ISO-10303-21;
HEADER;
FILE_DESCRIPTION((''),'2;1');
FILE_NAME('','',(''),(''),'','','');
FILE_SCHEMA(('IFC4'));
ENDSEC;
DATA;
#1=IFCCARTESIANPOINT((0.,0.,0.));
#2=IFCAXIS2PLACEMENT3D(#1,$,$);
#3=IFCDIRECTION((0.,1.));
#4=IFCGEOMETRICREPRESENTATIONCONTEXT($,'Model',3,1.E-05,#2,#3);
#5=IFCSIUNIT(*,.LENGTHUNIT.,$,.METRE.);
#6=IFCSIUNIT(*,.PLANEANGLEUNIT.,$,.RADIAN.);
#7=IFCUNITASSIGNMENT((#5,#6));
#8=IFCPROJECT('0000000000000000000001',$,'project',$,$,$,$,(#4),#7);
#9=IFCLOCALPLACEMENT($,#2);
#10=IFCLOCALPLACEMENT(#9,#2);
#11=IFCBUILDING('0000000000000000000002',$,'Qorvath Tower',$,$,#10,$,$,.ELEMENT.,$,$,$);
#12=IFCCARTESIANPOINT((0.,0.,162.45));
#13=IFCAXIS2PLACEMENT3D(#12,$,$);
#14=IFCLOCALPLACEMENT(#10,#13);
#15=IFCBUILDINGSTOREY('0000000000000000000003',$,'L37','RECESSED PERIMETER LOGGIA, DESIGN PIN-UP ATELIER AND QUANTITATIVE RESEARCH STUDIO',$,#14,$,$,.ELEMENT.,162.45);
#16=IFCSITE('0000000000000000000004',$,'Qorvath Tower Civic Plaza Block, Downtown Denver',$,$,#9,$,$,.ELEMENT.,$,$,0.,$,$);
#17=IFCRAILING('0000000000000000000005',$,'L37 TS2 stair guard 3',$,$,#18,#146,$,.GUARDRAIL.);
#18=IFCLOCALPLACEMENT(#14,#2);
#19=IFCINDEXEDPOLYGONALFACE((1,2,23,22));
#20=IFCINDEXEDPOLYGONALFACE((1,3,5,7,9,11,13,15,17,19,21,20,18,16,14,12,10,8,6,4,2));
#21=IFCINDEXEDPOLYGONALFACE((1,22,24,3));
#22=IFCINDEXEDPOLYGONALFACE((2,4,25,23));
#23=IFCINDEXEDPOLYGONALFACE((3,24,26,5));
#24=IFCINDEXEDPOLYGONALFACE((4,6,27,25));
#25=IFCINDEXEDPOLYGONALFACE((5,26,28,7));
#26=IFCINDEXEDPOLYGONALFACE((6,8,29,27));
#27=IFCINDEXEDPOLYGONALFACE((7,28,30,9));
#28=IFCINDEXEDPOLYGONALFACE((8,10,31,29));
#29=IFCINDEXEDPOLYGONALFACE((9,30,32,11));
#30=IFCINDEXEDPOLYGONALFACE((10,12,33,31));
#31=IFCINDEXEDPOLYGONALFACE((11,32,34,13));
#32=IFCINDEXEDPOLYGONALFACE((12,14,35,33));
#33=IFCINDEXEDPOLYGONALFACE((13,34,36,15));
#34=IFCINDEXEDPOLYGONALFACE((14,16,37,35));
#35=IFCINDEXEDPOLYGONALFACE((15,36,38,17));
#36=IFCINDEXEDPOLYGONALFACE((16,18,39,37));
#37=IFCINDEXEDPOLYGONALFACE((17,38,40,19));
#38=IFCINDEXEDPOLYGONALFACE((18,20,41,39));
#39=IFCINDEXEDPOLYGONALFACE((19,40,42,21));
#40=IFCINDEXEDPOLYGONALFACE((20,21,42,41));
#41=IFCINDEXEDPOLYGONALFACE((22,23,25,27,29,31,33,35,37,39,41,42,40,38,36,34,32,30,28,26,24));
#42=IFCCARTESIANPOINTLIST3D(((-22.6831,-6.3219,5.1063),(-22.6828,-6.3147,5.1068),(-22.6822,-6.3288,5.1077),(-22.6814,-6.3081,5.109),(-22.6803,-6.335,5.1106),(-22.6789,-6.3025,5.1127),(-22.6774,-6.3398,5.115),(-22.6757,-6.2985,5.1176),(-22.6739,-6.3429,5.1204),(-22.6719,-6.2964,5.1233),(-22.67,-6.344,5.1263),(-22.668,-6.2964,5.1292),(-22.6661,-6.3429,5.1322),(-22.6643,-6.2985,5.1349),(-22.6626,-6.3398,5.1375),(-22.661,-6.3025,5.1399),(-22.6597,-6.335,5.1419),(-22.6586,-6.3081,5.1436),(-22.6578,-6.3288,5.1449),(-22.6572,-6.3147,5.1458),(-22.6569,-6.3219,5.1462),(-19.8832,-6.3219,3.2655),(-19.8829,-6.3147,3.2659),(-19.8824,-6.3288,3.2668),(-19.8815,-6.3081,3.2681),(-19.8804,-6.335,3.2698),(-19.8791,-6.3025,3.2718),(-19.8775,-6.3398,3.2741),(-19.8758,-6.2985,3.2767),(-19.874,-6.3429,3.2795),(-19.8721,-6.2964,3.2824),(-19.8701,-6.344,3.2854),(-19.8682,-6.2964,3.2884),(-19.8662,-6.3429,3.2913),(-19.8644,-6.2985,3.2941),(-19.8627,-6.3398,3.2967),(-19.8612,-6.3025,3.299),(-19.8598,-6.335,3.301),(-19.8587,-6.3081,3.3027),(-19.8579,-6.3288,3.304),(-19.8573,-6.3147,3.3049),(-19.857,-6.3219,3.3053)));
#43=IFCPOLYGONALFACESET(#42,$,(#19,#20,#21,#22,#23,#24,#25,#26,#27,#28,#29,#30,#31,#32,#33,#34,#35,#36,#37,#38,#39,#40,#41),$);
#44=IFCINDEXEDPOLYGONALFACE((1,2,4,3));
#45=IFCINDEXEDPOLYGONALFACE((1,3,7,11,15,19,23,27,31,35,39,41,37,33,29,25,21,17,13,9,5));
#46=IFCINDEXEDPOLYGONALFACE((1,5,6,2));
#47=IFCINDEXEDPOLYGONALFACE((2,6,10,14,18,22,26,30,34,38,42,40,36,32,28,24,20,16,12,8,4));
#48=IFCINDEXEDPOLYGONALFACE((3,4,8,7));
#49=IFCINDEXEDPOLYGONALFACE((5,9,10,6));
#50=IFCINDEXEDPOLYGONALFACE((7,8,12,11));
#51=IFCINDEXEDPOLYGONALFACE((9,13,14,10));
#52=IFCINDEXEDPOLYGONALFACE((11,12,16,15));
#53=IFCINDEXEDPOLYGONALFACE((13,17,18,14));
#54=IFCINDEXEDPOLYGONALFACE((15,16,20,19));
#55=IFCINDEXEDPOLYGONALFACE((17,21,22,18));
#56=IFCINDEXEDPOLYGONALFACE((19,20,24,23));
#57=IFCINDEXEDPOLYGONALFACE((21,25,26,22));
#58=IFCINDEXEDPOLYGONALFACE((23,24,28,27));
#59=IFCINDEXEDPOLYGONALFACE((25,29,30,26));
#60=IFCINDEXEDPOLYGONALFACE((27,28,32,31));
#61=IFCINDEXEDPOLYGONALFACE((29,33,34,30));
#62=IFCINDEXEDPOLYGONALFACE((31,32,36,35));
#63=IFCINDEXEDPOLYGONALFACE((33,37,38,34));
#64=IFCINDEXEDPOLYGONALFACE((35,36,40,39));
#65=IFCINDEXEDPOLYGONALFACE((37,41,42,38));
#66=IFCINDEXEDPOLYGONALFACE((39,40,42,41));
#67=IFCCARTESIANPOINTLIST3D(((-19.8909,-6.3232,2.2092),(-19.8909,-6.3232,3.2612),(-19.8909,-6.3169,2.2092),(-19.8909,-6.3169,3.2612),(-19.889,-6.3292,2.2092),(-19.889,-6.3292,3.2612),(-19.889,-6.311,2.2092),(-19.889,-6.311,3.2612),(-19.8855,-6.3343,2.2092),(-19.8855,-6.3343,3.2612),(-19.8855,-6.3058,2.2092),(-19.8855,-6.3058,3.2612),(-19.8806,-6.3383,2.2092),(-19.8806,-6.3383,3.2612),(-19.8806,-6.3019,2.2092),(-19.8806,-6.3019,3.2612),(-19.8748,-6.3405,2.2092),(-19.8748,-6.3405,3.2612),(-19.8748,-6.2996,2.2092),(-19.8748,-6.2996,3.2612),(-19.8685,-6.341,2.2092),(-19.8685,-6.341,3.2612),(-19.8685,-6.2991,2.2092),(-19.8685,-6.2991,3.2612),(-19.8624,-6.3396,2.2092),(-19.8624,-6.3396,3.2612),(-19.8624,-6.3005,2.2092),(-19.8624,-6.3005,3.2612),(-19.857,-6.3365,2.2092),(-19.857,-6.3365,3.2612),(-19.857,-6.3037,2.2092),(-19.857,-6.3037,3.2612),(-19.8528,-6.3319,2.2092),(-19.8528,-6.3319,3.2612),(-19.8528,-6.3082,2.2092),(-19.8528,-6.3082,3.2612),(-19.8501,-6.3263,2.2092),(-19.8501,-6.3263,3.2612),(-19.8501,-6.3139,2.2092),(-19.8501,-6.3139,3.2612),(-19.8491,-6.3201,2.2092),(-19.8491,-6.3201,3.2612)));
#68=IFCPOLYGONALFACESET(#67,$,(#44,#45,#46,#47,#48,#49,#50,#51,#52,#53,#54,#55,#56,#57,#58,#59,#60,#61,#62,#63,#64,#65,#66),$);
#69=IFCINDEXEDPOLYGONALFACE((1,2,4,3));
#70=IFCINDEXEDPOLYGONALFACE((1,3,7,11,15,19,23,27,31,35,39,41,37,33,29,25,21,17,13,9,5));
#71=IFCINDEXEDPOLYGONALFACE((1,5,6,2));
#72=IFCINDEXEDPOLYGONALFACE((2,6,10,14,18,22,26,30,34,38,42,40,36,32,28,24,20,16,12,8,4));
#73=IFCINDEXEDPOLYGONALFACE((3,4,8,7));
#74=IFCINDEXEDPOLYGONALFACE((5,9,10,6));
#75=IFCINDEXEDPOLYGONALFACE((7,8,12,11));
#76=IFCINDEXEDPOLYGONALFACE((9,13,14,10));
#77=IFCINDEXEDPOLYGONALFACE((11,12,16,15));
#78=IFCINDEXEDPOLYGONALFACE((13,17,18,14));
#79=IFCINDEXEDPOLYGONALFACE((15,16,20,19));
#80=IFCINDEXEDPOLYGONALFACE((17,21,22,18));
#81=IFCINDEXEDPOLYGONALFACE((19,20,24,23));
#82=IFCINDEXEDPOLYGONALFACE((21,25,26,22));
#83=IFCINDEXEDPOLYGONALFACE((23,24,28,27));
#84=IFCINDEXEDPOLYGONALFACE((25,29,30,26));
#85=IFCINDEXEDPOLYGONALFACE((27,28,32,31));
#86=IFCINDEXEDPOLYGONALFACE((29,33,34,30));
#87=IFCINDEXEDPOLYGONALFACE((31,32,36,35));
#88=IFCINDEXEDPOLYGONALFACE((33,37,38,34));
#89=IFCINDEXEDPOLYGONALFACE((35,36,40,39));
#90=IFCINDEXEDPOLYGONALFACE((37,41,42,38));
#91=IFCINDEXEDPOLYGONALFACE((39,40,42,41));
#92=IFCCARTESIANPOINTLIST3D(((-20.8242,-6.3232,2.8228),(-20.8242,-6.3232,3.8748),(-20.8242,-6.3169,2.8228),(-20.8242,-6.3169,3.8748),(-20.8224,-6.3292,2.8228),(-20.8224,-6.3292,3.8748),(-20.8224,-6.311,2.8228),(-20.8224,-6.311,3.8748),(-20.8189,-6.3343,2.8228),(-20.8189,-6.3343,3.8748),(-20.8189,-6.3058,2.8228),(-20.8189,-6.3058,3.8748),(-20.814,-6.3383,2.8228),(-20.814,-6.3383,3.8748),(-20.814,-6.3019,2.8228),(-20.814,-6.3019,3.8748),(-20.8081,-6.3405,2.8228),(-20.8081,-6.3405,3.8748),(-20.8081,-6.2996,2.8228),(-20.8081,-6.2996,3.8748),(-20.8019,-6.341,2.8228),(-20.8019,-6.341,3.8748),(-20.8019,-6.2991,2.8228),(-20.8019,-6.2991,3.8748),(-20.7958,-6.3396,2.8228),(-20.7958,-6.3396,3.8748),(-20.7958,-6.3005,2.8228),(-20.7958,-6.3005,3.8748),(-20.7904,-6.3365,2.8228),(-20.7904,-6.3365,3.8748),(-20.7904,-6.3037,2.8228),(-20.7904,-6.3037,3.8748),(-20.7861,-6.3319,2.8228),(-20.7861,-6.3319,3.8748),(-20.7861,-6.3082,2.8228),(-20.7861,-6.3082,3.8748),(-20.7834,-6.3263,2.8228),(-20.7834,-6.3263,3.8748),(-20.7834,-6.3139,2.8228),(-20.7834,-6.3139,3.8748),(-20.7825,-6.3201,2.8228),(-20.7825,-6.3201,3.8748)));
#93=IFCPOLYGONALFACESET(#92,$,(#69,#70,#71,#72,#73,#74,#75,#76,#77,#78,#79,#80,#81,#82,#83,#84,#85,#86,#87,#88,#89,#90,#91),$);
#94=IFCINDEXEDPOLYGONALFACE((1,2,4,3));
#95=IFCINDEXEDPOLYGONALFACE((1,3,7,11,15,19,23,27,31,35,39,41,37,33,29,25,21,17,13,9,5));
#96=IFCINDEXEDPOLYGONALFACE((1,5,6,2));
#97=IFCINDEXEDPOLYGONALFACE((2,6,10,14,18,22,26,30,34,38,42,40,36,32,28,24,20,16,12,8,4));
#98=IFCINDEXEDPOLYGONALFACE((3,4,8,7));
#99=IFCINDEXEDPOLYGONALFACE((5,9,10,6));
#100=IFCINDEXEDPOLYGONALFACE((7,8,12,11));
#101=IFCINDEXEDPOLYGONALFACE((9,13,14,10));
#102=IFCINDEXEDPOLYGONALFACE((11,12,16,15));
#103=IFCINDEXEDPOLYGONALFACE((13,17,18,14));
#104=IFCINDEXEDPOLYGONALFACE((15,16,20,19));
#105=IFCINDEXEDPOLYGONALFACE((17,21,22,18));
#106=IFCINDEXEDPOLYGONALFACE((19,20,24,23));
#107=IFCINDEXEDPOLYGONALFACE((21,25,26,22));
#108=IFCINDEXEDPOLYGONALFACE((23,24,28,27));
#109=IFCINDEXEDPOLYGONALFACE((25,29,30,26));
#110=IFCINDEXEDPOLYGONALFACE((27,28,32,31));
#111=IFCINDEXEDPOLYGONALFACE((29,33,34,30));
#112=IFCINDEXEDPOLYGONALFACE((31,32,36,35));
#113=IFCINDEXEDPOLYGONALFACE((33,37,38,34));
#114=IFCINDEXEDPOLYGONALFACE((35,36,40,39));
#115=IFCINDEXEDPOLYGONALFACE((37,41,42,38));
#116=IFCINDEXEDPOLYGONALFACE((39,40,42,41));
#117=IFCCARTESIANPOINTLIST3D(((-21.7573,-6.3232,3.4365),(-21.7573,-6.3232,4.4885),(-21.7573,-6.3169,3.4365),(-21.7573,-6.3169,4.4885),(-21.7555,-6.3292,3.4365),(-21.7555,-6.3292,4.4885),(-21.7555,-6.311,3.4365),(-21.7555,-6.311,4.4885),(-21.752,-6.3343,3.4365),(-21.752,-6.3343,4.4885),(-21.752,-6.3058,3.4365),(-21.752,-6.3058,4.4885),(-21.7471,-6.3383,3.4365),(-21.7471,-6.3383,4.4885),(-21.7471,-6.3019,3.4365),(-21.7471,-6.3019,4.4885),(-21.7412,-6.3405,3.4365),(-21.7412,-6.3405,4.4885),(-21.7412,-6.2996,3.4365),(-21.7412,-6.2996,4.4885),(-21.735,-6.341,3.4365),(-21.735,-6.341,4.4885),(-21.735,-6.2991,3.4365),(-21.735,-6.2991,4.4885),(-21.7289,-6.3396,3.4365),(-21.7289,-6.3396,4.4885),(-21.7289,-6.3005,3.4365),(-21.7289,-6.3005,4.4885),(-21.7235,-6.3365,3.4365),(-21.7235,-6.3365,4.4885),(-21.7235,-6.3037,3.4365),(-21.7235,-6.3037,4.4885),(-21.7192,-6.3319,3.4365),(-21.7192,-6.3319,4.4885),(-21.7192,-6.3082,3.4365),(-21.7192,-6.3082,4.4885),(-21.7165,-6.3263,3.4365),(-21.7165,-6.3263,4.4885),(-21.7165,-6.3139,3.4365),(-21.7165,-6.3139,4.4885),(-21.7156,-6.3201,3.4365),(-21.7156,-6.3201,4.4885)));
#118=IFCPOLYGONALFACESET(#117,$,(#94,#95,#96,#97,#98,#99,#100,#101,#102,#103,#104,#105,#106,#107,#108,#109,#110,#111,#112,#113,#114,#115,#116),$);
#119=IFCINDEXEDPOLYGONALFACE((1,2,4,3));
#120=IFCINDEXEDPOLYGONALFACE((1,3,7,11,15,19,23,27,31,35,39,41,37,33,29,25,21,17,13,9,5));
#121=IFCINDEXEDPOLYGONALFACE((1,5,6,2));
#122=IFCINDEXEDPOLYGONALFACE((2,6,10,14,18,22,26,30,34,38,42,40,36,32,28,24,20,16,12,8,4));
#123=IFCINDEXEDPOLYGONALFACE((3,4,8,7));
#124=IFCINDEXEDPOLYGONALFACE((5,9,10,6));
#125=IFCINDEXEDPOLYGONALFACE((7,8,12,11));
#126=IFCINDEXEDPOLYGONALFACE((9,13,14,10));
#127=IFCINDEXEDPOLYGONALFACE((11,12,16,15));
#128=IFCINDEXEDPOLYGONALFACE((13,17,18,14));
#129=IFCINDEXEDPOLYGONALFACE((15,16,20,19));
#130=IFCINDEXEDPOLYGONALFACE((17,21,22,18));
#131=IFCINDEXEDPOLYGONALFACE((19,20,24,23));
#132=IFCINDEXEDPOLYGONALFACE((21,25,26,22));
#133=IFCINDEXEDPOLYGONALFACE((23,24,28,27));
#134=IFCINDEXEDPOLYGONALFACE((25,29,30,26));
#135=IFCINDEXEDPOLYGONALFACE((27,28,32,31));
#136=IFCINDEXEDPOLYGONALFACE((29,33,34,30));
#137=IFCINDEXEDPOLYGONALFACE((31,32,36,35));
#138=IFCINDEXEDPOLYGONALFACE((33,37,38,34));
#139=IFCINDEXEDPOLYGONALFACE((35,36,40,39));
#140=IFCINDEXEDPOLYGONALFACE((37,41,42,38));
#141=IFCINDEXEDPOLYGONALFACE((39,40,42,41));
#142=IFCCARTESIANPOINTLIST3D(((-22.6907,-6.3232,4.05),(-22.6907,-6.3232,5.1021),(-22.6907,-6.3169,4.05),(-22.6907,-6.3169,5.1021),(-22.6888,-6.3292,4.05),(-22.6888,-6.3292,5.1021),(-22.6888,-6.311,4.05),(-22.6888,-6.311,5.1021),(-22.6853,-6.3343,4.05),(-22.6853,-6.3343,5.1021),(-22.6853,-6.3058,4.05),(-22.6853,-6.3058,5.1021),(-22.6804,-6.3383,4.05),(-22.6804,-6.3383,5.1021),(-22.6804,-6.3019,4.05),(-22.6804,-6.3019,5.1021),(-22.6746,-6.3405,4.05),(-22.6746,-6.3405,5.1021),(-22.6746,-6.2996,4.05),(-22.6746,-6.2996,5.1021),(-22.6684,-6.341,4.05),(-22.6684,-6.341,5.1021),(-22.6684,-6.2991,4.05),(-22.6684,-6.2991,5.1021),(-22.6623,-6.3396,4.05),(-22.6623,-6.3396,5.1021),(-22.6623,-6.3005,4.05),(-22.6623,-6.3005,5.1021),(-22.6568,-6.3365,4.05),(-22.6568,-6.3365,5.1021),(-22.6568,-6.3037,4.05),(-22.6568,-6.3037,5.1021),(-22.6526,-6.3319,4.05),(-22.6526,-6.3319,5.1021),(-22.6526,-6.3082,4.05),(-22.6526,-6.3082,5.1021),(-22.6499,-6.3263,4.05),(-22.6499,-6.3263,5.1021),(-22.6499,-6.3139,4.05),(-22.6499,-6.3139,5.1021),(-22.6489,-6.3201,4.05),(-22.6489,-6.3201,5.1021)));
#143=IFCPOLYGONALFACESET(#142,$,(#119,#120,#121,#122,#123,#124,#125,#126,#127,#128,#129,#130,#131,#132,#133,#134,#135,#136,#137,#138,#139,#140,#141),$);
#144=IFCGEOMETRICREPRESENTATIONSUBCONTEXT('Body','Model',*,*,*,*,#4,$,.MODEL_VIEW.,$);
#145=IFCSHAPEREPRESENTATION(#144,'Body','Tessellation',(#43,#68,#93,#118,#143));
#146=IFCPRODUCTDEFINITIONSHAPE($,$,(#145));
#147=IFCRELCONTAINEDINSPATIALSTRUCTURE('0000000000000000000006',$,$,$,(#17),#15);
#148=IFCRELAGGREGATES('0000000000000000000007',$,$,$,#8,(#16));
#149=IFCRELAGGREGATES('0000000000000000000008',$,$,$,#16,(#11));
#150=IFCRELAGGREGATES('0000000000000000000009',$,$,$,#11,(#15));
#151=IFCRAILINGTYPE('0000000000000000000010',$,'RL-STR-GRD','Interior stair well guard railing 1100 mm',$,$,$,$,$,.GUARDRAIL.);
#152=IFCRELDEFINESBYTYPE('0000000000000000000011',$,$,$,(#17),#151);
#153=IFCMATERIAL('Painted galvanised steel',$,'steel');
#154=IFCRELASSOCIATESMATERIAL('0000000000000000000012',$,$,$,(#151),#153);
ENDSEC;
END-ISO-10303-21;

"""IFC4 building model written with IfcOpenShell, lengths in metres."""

from ifc_helpers import new_model, si_unit, direction, frame, origin, origin_2d, place, context, subcontext, project, spatial, circle, extrude, material, type_object, element, save


model = new_model("IFC4")

# Units and contexts
model_context = context("Model", 3, precision=1e-05, world=origin(), true_north=direction((0.0, 1.0)))
body_context = subcontext(model_context, "Body", "Model", "MODEL_VIEW")
ifc_project = project(units=[si_unit("LENGTHUNIT", "METRE"), si_unit("PLANEANGLEUNIT", "RADIAN")], contexts=[model_context])

# Site, building, storey
site_placement = place(None, origin())
site = spatial("IfcSite", under=ifc_project, at=site_placement, Name="Qorvath Tower Civic Plaza Block, Downtown Denver", CompositionType="ELEMENT", RefElevation=0.0)
building_placement = place(site_placement, origin())
building = spatial("IfcBuilding", under=site, at=building_placement, Name="Qorvath Tower", CompositionType="ELEMENT")
storey_placement = place(building_placement, frame((0.0, 0.0, 162.45)))
storey = spatial("IfcBuildingStorey", under=building, at=storey_placement, Name="L37", Description="RECESSED PERIMETER LOGGIA, DESIGN PIN-UP ATELIER AND QUANTITATIVE RESEARCH STUDIO", CompositionType="ELEMENT", Elevation=162.45)

# Railing
ifc_material_1 = material(Name="Painted galvanised steel", Category="steel")
railing_type_1 = type_object("IfcRailingType", Name="RL-STR-GRD", Description="Interior stair well guard railing 1100 mm", PredefinedType="GUARDRAIL", material=ifc_material_1)
railing_1_placement = place(storey_placement, frame((-19.8701, -6.3201, 2.2092)))
element("IfcRailing", 1, at=railing_1_placement, inside=storey, type_object=railing_type_1, Name="L37 TS2 stair guard 3", PredefinedType="GUARDRAIL", context=body_context, shape_type="SweptSolid", body=[
    extrude(circle(Radius=0.0239, at=origin_2d()), frame((0.0, 0.0, 1.0762), z_axis=(-0.835576, 0.0, 0.549376), x_axis=(0.0, -1.0, 0.0)), (0.0, 0.0, 1.0), 3.3508),
    extrude(circle(Radius=0.021, at=origin_2d()), origin(), (0.0, 0.0, 1.0), 1.052),
    extrude(circle(Radius=0.021, at=origin_2d()), frame((-0.9333, 0.0, 0.6135)), (0.0, 0.0, 1.0), 1.052),
    extrude(circle(Radius=0.021, at=origin_2d()), frame((-1.8665, 0.0, 1.2273)), (0.0, 0.0, 1.0), 1.052),
    extrude(circle(Radius=0.021, at=origin_2d()), frame((-2.7998, 0.0, 1.8408)), (0.0, 0.0, 1.0), 1.052),
])

save(model, "model.ifc")
